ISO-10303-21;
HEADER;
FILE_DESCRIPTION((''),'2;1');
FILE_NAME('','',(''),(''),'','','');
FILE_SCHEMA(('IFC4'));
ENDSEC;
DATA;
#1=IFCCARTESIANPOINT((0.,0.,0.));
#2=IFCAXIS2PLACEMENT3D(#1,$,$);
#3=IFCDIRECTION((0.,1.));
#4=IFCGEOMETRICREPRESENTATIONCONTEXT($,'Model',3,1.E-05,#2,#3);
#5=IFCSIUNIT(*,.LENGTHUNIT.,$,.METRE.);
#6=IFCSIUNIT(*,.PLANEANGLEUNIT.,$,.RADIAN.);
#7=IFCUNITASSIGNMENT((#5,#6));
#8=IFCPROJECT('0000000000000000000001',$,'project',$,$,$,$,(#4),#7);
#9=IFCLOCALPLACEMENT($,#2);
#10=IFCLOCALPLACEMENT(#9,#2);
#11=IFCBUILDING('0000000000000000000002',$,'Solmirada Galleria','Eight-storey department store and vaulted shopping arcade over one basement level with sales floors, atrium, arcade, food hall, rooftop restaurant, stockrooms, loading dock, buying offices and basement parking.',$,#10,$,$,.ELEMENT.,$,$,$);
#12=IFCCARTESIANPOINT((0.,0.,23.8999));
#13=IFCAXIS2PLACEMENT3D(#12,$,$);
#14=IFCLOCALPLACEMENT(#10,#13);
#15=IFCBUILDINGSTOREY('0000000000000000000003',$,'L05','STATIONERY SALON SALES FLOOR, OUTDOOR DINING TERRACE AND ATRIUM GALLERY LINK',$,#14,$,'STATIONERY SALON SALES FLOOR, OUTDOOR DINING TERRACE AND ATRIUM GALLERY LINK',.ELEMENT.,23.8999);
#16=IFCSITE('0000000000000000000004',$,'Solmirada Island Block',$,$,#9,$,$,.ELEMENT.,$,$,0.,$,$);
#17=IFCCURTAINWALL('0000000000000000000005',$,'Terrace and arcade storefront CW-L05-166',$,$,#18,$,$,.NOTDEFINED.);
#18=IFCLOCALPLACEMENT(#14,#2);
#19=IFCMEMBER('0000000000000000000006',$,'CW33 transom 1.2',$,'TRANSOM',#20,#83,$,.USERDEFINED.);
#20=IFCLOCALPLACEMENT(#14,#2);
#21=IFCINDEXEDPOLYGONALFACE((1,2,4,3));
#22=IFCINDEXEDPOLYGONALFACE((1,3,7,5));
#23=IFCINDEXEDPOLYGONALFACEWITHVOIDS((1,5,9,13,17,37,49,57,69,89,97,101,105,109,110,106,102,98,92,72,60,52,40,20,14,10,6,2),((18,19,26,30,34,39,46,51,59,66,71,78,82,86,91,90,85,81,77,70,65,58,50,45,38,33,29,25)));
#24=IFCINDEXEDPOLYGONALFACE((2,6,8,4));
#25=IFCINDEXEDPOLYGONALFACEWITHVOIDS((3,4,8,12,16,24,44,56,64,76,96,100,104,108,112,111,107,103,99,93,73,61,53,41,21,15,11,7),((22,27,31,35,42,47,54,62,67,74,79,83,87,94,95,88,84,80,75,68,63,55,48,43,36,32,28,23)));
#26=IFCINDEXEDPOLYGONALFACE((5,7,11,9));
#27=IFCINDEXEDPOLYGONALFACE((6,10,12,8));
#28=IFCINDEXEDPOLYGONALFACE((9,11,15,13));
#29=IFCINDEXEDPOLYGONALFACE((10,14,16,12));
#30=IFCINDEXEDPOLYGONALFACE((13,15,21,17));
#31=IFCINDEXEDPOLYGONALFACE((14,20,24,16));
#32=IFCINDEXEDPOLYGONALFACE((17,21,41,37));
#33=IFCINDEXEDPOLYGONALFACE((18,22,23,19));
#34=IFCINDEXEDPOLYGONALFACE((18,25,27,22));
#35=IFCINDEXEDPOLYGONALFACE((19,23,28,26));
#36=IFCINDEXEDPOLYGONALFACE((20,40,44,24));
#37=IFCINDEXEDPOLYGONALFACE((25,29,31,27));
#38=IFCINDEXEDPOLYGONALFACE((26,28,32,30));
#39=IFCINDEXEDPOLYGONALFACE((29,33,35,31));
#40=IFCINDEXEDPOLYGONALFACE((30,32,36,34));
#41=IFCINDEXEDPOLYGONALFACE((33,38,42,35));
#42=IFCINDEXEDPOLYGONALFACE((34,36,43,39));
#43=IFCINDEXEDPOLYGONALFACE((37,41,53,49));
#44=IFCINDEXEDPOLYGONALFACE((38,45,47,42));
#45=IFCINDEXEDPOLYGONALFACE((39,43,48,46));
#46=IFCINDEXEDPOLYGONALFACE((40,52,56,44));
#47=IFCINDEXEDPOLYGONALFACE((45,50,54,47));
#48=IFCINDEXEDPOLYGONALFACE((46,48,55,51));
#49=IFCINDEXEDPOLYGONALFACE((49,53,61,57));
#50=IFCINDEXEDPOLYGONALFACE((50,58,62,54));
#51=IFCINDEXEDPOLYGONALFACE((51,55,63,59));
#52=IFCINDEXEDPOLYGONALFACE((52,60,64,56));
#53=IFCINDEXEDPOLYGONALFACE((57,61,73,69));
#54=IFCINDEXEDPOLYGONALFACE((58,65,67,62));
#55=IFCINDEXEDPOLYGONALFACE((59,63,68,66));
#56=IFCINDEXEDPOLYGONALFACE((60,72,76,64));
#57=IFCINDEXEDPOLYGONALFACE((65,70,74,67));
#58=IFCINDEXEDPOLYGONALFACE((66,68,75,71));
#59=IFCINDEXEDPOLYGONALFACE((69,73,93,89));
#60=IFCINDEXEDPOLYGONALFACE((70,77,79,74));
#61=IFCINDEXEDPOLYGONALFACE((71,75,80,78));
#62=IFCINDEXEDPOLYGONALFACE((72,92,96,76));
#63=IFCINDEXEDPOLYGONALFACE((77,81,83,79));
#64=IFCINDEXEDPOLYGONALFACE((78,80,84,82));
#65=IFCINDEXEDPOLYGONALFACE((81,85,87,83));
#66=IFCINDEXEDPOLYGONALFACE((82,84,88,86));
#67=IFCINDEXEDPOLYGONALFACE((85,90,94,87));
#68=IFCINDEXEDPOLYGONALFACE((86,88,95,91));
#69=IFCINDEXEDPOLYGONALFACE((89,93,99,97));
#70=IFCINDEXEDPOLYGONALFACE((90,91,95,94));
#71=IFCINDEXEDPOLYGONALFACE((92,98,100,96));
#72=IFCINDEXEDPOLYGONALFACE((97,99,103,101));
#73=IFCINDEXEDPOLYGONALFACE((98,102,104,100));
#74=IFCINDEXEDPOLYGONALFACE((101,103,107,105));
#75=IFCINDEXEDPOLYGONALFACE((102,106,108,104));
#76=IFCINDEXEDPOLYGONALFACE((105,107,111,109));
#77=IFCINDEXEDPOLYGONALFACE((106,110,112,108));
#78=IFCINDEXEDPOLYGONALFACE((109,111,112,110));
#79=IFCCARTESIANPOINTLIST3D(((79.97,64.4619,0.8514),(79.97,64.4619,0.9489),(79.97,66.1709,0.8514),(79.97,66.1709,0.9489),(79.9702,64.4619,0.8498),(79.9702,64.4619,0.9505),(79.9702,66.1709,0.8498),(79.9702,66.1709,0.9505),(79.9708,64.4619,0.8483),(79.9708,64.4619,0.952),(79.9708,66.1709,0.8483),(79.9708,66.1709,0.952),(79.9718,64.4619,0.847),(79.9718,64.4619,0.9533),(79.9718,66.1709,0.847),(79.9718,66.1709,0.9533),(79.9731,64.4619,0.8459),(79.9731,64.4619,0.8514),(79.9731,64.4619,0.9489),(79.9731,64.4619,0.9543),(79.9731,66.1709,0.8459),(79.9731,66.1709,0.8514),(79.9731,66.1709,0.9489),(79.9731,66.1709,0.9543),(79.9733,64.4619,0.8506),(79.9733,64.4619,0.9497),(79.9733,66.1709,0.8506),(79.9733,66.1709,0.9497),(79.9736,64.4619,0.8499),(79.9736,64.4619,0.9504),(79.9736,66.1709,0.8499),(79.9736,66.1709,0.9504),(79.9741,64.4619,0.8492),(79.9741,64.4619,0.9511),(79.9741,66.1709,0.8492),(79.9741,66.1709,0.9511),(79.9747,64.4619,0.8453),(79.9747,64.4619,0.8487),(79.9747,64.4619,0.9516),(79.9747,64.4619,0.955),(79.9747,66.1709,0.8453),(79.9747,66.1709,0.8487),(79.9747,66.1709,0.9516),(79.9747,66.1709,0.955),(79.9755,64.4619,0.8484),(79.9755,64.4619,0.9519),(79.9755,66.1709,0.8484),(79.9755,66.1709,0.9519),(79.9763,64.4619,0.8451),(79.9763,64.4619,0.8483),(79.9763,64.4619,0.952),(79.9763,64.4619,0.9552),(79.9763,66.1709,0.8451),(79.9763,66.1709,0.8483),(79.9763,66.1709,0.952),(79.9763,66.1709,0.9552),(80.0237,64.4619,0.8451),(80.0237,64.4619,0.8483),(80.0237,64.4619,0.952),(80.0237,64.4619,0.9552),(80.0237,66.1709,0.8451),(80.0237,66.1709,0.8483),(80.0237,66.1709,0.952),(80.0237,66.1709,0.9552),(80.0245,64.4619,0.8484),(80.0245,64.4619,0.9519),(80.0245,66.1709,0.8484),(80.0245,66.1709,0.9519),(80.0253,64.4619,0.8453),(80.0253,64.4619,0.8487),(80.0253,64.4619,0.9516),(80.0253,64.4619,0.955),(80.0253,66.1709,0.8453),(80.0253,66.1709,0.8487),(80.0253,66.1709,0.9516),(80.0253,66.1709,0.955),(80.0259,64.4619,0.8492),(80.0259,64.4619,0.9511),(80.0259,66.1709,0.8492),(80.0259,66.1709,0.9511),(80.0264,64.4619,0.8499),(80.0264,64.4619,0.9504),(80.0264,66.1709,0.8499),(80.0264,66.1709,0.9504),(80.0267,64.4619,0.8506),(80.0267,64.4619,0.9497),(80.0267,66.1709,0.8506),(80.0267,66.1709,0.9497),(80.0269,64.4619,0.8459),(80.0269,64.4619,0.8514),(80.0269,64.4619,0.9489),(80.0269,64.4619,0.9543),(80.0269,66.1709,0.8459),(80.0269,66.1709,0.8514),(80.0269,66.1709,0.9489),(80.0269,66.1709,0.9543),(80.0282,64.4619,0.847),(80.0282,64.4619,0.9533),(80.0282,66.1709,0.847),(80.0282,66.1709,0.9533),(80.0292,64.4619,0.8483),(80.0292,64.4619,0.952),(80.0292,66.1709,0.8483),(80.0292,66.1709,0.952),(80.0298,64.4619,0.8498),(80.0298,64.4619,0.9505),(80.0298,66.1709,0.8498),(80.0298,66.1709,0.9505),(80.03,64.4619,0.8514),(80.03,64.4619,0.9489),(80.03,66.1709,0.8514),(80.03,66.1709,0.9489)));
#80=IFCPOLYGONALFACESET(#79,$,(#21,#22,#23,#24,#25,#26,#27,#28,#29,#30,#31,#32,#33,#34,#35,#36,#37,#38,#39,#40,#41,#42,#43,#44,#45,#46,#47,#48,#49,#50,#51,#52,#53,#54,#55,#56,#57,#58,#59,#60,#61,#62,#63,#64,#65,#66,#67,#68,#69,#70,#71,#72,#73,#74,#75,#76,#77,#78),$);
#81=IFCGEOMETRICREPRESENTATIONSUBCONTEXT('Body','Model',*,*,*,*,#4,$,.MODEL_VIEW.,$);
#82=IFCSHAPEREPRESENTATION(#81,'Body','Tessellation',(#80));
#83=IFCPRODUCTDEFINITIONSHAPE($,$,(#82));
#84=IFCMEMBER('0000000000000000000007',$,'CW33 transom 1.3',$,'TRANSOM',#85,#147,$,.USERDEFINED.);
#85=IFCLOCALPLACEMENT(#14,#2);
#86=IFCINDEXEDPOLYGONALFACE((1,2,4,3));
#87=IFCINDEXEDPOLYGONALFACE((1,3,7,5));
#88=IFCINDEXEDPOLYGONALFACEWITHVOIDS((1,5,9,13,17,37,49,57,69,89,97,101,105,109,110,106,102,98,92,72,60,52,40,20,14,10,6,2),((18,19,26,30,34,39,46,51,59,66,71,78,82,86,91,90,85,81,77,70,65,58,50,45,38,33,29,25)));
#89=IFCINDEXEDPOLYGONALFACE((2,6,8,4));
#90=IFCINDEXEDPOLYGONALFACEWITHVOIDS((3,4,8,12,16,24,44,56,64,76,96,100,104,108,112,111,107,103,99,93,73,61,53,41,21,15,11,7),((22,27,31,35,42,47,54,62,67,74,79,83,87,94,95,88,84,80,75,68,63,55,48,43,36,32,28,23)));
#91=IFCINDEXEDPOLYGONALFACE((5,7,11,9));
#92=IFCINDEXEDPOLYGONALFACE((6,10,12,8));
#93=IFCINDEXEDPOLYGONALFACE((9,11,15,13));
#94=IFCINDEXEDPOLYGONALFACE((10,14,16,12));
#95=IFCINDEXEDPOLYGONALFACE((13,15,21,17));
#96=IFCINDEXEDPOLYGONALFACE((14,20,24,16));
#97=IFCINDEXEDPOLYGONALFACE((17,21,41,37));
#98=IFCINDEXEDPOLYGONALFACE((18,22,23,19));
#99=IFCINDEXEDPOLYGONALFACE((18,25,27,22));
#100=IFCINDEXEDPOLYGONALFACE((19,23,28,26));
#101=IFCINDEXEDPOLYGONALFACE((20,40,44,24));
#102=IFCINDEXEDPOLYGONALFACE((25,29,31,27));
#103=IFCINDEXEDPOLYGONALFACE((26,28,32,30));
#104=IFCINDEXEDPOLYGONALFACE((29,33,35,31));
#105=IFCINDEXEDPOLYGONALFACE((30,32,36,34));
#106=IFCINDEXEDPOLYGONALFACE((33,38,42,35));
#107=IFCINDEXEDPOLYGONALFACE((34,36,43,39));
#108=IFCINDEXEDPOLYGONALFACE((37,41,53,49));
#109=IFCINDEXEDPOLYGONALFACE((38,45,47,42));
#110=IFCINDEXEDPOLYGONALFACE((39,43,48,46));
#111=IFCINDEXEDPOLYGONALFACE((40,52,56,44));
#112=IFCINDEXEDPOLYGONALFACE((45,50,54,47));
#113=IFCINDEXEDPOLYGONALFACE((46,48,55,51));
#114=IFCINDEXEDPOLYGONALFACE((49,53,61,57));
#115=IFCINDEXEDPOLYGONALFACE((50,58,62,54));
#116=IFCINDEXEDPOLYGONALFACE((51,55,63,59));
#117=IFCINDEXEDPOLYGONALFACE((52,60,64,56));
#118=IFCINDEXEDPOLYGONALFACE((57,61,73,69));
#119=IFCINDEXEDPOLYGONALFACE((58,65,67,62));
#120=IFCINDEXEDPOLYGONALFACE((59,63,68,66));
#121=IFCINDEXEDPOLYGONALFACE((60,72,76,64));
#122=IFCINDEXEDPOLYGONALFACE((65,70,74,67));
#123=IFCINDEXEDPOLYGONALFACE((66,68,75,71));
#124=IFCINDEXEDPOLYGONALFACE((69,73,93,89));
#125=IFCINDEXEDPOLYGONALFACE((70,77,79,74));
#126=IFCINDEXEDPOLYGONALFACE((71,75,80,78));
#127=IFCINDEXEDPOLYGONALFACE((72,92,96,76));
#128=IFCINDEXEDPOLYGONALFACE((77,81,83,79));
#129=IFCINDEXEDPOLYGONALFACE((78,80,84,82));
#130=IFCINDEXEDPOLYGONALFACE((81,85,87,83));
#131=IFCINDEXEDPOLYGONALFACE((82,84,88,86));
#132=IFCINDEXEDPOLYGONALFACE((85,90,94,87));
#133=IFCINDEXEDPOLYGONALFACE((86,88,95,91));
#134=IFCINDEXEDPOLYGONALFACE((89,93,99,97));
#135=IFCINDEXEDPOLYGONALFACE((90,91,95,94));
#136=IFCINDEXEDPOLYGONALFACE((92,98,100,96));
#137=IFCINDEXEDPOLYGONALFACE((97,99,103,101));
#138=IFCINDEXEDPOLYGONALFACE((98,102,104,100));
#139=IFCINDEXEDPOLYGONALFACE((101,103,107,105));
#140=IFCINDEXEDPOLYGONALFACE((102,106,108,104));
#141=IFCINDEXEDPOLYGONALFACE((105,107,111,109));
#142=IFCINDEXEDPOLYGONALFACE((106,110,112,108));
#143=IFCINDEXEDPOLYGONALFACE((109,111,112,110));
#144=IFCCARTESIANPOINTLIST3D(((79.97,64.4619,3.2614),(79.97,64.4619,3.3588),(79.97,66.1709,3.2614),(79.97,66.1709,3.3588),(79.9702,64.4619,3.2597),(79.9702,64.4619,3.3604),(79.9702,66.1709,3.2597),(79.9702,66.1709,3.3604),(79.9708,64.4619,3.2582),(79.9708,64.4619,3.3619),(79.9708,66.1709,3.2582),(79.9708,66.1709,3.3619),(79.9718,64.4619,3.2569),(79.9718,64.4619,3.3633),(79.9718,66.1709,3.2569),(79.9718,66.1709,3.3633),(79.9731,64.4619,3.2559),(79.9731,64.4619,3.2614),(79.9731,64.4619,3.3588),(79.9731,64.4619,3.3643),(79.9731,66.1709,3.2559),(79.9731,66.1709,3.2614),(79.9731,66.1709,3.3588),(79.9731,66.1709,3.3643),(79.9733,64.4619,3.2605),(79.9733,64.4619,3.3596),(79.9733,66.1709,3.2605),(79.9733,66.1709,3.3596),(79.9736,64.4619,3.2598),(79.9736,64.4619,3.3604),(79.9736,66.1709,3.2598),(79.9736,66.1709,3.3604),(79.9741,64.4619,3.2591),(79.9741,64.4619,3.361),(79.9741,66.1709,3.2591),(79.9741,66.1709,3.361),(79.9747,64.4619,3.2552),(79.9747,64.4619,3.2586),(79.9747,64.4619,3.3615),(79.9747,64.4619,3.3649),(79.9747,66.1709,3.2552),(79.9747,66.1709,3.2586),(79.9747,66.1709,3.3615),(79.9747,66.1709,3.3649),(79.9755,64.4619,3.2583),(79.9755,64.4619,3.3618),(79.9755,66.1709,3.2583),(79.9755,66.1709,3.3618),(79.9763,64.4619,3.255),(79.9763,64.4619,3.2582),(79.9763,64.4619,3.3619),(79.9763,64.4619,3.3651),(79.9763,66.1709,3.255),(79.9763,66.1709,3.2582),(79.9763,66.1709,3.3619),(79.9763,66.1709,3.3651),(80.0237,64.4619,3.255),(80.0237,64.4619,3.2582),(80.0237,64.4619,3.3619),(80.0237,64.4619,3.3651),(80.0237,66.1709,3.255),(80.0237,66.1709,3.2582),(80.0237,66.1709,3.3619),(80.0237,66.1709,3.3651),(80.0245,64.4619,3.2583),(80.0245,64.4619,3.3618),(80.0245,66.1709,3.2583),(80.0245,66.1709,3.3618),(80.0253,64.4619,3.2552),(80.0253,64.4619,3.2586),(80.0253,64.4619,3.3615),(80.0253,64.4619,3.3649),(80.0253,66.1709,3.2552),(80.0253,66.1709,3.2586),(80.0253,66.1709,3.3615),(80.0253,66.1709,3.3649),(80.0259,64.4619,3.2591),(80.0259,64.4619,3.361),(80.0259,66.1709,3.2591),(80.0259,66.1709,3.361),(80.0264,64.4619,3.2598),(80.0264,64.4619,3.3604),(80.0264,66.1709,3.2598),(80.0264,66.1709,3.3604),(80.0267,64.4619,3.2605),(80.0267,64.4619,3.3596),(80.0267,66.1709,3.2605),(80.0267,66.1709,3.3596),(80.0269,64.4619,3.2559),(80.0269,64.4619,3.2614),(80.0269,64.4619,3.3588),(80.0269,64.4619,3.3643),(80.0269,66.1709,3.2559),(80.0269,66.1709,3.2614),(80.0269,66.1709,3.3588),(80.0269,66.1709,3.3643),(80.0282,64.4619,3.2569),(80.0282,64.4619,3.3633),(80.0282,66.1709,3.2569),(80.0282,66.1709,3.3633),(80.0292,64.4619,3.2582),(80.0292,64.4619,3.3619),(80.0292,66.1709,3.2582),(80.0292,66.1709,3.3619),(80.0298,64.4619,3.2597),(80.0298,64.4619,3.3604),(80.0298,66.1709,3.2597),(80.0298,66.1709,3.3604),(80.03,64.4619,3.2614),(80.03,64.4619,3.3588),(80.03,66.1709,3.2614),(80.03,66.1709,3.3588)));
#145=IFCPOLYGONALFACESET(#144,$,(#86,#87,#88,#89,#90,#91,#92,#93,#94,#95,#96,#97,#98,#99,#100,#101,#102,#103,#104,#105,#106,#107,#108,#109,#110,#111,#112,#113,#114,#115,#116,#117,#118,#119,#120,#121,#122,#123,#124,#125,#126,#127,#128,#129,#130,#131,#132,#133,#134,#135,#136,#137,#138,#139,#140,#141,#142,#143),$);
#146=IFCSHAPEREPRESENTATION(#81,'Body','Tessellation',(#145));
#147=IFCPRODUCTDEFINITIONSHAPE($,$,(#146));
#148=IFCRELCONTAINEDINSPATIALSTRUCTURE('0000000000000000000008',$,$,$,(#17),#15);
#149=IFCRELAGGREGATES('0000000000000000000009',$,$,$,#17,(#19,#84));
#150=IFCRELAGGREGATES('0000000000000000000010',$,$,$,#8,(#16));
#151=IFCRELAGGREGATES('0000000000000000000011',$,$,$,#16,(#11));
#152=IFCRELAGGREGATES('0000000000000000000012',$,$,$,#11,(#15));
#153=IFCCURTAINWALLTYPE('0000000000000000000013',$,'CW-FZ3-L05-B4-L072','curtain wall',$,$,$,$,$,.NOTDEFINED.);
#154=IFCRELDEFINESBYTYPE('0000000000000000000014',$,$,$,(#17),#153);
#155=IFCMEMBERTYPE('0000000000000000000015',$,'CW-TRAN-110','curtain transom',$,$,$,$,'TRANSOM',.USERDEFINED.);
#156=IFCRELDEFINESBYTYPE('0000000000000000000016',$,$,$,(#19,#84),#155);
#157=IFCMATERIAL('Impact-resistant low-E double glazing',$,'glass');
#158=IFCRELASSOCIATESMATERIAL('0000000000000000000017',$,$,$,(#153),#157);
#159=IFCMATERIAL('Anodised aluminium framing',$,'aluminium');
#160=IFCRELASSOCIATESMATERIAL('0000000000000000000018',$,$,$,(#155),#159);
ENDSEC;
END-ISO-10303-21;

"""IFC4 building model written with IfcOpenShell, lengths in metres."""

from ifc_helpers import new_model, si_unit, direction, frame, origin, origin_2d, place, context, subcontext, project, spatial, hollow_rectangle, extrude, material, material_profile, profile_set, type_object, element, aggregate, save


model = new_model("IFC4")

# Units and contexts
model_context = context("Model", 3, precision=1e-05, world=origin(), true_north=direction((0.0, 1.0)))
body_context = subcontext(model_context, "Body", "Model", "MODEL_VIEW")
ifc_project = project(units=[si_unit("LENGTHUNIT", "METRE"), si_unit("PLANEANGLEUNIT", "RADIAN")], contexts=[model_context])

# Site, building, storey
site_placement = place(None, origin())
site = spatial("IfcSite", under=ifc_project, at=site_placement, Name="Solmirada Island Block", CompositionType="ELEMENT", RefElevation=0.0)
building_placement = place(site_placement, origin())
building = spatial("IfcBuilding", under=site, at=building_placement, Name="Solmirada Galleria", Description="Eight-storey department store and vaulted shopping arcade over one basement level with sales floors, atrium, arcade, food hall, rooftop restaurant, stockrooms, loading dock, buying offices and basement parking.", CompositionType="ELEMENT")
storey_placement = place(building_placement, frame((0.0, 0.0, 23.8999)))
storey = spatial("IfcBuildingStorey", under=building, at=storey_placement, Name="L05", Description="STATIONERY SALON SALES FLOOR, OUTDOOR DINING TERRACE AND ATRIUM GALLERY LINK", LongName="STATIONERY SALON SALES FLOOR, OUTDOOR DINING TERRACE AND ATRIUM GALLERY LINK", CompositionType="ELEMENT", Elevation=23.8999)

# Shared definitions
ifc_material_1 = material(Name="Impact-resistant low-E double glazing", Category="glass")
curtain_wall_type = type_object("IfcCurtainWallType", Name="CW-FZ3-L05-B4-L072", Description="curtain wall", PredefinedType="NOTDEFINED", material=ifc_material_1)
ifc_material_2 = material(Name="Anodised aluminium framing", Category="aluminium")

# Curtain wall
curtain_wall_1_placement = place(storey_placement, origin())
curtain_wall_1 = element("IfcCurtainWall", 1, at=curtain_wall_1_placement, inside=storey, type_object=curtain_wall_type, Name="Terrace and arcade storefront CW-L05-166", PredefinedType="NOTDEFINED")

# Members
ifc_material_profile_1 = material_profile(ifc_material_2, hollow_rectangle(XDim=0.0601, YDim=0.1101, WallThickness=0.0032, InnerFilletRadius=0.0032, OuterFilletRadius=0.0063, at=origin_2d()), Name="ALU-TRAN-110X60")
ifc_profile_set_1 = profile_set([ifc_material_profile_1], Name="Anodised aluminium framing")
member_type_1 = type_object("IfcMemberType", Name="CW-TRAN-110", Description="curtain transom", ElementType="TRANSOM", PredefinedType="USERDEFINED", material=ifc_profile_set_1)
member_1_placement = place(storey_placement, frame((80.0, 64.4619, 0.9001), z_axis=(0.0, 1.0, 0.0), x_axis=(-1.0, 0.0, 0.0)))
member_1 = element("IfcMember", 2, at=member_1_placement, type_object=member_type_1, Name="CW33 transom 1.2", ObjectType="TRANSOM", PredefinedType="USERDEFINED", context=body_context, shape_type="SweptSolid", body=[
    extrude(hollow_rectangle(XDim=0.0601, YDim=0.1101, WallThickness=0.0032, InnerFilletRadius=0.0032, OuterFilletRadius=0.0063, at=origin_2d()), origin(), (0.0, 0.0, 1.0), 1.709),
])
member_2_placement = place(storey_placement, frame((80.0, 64.4619, 3.3101), z_axis=(0.0, 1.0, 0.0), x_axis=(-1.0, 0.0, 0.0)))
member_2 = element("IfcMember", 3, at=member_2_placement, type_object=member_type_1, Name="CW33 transom 1.3", ObjectType="TRANSOM", PredefinedType="USERDEFINED", context=body_context, shape_type="SweptSolid", body=[
    extrude(hollow_rectangle(XDim=0.0601, YDim=0.1101, WallThickness=0.0032, InnerFilletRadius=0.0032, OuterFilletRadius=0.0063, at=origin_2d()), origin(), (0.0, 0.0, 1.0), 1.709),
])

aggregate(curtain_wall_1, [member_1, member_2])

save(model, "model.ifc")
